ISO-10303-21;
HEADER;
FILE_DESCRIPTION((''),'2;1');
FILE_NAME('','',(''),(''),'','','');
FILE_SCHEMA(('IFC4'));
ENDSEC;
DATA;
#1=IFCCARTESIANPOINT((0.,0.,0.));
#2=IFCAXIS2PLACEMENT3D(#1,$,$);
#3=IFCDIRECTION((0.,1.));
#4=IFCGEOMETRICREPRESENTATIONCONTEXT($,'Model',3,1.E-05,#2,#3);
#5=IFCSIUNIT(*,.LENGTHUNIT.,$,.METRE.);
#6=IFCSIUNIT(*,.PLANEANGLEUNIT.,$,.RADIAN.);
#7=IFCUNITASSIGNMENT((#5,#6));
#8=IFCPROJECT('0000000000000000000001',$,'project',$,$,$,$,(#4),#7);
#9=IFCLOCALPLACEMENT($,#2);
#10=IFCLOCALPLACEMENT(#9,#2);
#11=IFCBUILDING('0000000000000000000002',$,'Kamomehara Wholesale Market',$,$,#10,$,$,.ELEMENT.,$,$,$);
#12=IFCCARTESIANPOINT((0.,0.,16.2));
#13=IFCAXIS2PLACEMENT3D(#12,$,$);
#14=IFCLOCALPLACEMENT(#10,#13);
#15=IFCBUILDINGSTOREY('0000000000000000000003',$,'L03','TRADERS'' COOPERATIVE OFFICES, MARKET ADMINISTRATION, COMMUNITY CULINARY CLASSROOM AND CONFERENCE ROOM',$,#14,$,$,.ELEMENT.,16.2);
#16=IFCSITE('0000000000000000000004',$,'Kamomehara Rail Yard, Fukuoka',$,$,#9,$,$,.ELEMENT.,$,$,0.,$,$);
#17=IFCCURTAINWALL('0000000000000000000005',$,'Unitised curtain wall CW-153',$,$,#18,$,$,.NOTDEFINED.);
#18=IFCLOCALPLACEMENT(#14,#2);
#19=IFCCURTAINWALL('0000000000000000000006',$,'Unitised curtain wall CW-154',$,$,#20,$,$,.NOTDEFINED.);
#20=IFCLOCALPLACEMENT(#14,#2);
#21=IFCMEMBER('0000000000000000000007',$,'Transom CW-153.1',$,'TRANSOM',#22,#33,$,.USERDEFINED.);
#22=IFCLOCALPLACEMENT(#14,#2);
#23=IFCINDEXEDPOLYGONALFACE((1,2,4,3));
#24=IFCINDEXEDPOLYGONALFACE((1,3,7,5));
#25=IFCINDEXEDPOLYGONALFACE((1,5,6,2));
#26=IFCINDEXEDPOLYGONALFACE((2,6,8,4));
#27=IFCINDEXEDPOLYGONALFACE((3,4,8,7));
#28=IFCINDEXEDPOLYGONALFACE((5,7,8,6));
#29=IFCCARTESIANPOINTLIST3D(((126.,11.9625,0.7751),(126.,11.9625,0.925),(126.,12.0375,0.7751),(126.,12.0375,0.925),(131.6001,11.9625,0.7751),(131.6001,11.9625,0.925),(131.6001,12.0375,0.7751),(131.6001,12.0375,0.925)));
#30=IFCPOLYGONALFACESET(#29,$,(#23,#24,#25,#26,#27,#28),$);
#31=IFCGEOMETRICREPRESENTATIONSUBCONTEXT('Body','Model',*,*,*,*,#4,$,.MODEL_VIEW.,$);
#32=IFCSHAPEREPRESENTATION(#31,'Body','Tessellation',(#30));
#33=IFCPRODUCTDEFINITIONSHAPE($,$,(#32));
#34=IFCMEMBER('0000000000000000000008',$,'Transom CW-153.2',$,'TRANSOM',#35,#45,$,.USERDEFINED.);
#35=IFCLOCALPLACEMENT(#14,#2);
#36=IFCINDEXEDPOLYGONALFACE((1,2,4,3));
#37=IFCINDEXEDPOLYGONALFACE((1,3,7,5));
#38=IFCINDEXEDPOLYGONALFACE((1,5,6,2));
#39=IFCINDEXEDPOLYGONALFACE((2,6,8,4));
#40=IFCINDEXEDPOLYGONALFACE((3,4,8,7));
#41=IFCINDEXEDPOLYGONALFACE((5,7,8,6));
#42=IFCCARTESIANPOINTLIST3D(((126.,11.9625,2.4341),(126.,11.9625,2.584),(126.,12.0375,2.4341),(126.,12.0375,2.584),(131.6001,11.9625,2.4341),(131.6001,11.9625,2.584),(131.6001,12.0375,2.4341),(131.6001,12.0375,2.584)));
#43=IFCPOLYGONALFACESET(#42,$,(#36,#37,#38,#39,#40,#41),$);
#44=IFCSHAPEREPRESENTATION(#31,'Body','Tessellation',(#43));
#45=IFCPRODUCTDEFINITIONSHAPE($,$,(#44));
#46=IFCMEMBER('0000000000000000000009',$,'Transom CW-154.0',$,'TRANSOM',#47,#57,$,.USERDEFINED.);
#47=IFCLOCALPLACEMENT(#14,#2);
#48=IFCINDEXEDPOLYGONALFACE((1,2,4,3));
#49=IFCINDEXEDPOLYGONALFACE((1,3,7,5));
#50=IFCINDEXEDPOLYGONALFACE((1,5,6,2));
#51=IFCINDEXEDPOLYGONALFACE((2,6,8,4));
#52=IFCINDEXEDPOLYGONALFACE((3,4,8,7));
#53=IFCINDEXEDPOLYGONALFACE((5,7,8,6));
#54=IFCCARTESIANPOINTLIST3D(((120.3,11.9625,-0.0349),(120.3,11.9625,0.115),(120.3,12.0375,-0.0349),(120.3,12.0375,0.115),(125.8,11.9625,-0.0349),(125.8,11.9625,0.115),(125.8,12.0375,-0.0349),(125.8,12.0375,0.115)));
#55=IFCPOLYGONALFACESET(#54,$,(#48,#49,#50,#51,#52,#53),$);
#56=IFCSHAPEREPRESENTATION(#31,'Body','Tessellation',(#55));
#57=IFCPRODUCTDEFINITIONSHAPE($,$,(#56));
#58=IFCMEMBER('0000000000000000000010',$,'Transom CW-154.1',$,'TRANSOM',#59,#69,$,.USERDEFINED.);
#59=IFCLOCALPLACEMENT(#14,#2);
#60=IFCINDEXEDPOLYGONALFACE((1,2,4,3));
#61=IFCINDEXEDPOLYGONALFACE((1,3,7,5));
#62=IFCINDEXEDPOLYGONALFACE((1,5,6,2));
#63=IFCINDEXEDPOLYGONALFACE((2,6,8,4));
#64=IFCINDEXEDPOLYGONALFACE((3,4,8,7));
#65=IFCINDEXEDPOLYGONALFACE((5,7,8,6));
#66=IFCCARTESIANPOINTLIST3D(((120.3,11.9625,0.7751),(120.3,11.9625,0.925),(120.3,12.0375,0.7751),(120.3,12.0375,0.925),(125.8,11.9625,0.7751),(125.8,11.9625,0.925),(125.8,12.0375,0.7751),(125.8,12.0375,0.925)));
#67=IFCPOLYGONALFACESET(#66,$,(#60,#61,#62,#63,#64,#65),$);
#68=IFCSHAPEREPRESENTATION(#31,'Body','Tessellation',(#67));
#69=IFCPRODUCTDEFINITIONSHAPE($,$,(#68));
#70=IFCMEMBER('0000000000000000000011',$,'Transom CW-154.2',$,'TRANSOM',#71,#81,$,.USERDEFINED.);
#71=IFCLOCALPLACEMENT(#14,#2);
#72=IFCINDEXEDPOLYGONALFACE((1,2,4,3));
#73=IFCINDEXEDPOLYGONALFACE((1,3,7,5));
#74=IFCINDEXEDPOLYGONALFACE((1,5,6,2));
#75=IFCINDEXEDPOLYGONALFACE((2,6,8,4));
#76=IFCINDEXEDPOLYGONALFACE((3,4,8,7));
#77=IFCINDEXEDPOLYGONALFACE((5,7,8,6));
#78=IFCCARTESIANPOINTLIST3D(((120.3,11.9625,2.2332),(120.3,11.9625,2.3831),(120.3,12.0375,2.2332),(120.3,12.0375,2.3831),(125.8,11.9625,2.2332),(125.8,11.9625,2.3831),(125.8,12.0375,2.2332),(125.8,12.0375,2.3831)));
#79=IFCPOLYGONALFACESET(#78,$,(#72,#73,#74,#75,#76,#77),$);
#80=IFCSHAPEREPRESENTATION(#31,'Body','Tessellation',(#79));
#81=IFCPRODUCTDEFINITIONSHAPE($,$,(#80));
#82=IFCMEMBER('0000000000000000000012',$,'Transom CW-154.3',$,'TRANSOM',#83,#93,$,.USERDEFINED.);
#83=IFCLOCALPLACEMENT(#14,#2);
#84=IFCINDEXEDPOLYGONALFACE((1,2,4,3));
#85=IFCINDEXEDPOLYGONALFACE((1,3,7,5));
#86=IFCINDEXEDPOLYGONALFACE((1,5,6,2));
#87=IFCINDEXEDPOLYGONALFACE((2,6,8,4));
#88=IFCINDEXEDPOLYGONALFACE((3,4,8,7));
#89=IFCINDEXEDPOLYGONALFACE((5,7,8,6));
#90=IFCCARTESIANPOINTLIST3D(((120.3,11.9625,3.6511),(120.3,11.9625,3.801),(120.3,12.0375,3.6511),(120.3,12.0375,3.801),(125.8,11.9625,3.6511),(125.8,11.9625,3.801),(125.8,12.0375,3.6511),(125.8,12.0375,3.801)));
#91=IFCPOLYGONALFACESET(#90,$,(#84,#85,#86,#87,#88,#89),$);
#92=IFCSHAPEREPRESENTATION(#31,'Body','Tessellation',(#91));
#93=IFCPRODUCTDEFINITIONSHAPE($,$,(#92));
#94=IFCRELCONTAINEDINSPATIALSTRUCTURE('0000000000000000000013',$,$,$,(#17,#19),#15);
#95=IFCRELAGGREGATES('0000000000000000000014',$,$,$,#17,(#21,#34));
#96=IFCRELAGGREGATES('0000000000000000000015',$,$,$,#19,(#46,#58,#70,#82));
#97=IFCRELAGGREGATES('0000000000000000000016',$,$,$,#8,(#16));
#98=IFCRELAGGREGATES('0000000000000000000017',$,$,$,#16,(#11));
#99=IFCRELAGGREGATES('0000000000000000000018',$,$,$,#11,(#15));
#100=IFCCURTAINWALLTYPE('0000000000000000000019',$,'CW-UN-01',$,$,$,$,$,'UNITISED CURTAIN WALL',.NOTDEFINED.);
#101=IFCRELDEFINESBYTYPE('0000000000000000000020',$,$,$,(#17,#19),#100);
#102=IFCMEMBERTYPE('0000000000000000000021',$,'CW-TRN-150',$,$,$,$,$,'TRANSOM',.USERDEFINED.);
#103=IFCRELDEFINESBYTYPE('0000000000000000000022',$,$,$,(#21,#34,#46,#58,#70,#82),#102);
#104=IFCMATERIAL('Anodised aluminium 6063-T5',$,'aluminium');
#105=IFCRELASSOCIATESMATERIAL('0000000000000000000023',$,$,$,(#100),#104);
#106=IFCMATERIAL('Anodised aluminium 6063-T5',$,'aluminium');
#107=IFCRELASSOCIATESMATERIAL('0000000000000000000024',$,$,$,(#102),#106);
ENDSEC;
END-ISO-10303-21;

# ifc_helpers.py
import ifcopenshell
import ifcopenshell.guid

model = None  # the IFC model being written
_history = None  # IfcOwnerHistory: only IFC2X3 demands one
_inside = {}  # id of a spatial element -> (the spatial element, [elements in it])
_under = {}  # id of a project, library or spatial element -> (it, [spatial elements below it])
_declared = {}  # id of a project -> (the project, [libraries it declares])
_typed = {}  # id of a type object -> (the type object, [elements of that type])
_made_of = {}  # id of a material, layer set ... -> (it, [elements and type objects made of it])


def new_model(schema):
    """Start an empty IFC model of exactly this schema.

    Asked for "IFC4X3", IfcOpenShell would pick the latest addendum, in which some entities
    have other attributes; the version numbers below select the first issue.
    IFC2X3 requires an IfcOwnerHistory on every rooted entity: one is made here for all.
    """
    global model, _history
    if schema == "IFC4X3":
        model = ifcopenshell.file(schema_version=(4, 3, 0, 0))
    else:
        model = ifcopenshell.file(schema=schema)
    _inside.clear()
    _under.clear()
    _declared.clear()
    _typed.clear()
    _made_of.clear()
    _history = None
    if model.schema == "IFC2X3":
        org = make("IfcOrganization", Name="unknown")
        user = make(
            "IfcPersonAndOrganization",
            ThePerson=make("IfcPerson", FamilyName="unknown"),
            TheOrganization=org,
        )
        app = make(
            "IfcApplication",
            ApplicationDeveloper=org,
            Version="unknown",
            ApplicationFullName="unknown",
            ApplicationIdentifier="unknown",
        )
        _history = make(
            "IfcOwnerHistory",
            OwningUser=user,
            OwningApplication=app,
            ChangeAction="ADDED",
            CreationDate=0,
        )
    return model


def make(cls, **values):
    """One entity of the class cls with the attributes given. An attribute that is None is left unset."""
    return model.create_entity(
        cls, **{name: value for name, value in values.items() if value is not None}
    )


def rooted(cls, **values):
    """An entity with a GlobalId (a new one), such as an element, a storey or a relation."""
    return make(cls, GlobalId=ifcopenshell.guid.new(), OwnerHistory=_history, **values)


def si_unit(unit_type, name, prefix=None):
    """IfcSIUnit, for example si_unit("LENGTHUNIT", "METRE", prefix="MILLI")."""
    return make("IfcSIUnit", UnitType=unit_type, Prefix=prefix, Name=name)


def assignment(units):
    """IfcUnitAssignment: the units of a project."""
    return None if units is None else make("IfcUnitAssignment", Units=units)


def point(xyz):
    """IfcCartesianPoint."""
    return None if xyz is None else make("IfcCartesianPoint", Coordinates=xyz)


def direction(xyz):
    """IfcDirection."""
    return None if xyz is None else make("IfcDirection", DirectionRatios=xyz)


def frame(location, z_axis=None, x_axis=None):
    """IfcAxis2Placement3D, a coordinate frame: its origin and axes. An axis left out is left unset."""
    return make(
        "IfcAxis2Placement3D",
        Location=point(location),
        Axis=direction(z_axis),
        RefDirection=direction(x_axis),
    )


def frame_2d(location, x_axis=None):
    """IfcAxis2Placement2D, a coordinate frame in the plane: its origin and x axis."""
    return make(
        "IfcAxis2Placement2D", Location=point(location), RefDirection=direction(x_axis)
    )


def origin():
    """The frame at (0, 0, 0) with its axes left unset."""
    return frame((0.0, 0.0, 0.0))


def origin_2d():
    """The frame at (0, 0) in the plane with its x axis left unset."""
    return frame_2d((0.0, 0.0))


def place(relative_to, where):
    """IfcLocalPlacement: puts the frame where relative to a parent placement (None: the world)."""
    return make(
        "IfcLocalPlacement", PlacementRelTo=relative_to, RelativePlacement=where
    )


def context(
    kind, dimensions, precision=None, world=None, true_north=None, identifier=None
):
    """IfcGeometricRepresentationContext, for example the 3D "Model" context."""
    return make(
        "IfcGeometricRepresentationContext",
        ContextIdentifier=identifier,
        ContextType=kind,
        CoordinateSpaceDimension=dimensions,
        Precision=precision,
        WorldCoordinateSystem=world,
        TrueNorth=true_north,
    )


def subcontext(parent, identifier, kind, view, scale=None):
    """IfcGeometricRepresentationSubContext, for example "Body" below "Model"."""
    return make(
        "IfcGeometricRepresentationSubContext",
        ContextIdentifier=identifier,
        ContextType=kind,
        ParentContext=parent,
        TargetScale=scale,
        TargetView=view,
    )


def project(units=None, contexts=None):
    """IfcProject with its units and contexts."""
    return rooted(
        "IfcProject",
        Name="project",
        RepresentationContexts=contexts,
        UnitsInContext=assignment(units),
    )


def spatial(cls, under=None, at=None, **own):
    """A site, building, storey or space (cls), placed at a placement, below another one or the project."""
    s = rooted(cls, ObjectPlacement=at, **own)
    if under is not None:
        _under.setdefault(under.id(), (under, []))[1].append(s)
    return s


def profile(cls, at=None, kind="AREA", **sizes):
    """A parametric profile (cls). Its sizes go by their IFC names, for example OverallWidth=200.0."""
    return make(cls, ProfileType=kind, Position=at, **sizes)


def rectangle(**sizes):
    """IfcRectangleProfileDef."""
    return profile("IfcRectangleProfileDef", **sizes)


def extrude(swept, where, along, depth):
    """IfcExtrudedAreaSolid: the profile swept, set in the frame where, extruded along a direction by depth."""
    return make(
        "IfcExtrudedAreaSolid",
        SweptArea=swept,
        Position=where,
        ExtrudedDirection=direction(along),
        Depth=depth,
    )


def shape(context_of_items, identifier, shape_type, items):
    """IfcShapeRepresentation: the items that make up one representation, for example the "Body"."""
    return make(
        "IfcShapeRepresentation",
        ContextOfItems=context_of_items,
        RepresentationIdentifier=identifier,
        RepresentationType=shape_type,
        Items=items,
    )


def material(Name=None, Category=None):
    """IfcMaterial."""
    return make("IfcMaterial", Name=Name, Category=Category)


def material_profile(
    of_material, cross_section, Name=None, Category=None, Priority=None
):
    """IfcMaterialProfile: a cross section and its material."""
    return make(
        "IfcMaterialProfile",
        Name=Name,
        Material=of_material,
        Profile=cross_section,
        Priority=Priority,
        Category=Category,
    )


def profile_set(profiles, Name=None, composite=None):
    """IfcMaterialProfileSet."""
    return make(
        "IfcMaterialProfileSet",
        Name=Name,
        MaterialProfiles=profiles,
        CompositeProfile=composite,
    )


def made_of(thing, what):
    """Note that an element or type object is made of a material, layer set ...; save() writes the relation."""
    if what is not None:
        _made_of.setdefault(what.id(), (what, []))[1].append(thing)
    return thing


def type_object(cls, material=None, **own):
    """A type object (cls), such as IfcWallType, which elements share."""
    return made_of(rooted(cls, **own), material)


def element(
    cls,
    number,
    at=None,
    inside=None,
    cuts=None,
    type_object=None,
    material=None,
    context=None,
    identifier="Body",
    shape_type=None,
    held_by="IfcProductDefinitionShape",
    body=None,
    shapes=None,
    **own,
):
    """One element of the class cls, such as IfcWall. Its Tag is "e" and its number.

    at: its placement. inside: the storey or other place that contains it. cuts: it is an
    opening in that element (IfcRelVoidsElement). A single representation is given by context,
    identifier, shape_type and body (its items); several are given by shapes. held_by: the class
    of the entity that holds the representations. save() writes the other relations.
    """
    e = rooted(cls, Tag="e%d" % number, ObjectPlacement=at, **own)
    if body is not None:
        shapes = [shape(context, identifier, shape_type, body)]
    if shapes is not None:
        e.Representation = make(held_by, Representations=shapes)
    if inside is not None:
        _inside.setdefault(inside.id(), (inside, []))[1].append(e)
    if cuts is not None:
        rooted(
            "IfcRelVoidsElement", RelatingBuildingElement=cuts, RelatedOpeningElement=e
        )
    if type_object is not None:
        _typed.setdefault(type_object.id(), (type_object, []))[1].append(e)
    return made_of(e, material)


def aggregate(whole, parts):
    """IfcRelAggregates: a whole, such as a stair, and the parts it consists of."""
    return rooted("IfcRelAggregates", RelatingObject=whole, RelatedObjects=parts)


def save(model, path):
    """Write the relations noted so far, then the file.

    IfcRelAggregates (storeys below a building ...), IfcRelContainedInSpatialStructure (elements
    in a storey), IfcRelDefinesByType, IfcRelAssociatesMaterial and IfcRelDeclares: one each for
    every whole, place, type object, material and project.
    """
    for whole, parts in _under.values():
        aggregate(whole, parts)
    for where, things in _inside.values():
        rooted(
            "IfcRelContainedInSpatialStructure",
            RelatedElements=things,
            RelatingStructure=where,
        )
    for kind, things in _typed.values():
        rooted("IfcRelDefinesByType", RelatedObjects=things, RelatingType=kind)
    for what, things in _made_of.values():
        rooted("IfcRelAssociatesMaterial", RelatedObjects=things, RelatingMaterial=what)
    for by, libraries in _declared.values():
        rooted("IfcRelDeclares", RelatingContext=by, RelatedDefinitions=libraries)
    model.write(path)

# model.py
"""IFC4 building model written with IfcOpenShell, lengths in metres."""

from ifc_helpers import new_model, si_unit, direction, frame, origin, origin_2d, place, context, subcontext, project, spatial, rectangle, extrude, material, material_profile, profile_set, type_object, element, aggregate, save


model = new_model("IFC4")

# Units and contexts
model_context = context("Model", 3, precision=1e-05, world=origin(), true_north=direction((0.0, 1.0)))
body_context = subcontext(model_context, "Body", "Model", "MODEL_VIEW")
ifc_project = project(units=[si_unit("LENGTHUNIT", "METRE"), si_unit("PLANEANGLEUNIT", "RADIAN")], contexts=[model_context])

# Site, building, storey
site_placement = place(None, origin())
site = spatial("IfcSite", under=ifc_project, at=site_placement, Name="Kamomehara Rail Yard, Fukuoka", CompositionType="ELEMENT", RefElevation=0.0)
building_placement = place(site_placement, origin())
building = spatial("IfcBuilding", under=site, at=building_placement, Name="Kamomehara Wholesale Market", CompositionType="ELEMENT")
storey_placement = place(building_placement, frame((0.0, 0.0, 16.2)))
storey = spatial("IfcBuildingStorey", under=building, at=storey_placement, Name="L03", Description="TRADERS' COOPERATIVE OFFICES, MARKET ADMINISTRATION, COMMUNITY CULINARY CLASSROOM AND CONFERENCE ROOM", CompositionType="ELEMENT", Elevation=16.2)

# Curtain walls
ifc_material_1 = material(Name="Anodised aluminium 6063-T5", Category="aluminium")
curtain_wall_type = type_object("IfcCurtainWallType", Name="CW-UN-01", ElementType="UNITISED CURTAIN WALL", PredefinedType="NOTDEFINED", material=ifc_material_1)
curtain_wall_1_placement = place(storey_placement, origin())
curtain_wall_1 = element("IfcCurtainWall", 1, at=curtain_wall_1_placement, inside=storey, type_object=curtain_wall_type, Name="Unitised curtain wall CW-153", PredefinedType="NOTDEFINED")
curtain_wall_2_placement = place(storey_placement, origin())
curtain_wall_2 = element("IfcCurtainWall", 2, at=curtain_wall_2_placement, inside=storey, type_object=curtain_wall_type, Name="Unitised curtain wall CW-154", PredefinedType="NOTDEFINED")

# Members
ifc_material_2 = material(Name="Anodised aluminium 6063-T5", Category="aluminium")
ifc_material_profile_1 = material_profile(ifc_material_2, rectangle(XDim=0.075, YDim=0.1499, at=origin_2d()), Name="ALU-TRN-75x150")
ifc_profile_set_1 = profile_set([ifc_material_profile_1], Name="Anodised aluminium 6063-T5")
member_type_1 = type_object("IfcMemberType", Name="CW-TRN-150", ElementType="TRANSOM", PredefinedType="USERDEFINED", material=ifc_profile_set_1)
member_1_placement = place(storey_placement, frame((131.6001, 12.0, 0.8501), z_axis=(-1.0, 0.0, 0.0), x_axis=(0.0, -1.0, 0.0)))
member_1 = element("IfcMember", 3, at=member_1_placement, type_object=member_type_1, Name="Transom CW-153.1", ObjectType="TRANSOM", PredefinedType="USERDEFINED", context=body_context, shape_type="SweptSolid", body=[
    extrude(rectangle(XDim=0.075, YDim=0.1499, at=origin_2d()), origin(), (0.0, 0.0, 1.0), 5.6001),
])
member_2_placement = place(storey_placement, frame((131.6001, 12.0, 2.509), z_axis=(-1.0, 0.0, 0.0), x_axis=(0.0, -1.0, 0.0)))
member_2 = element("IfcMember", 4, at=member_2_placement, type_object=member_type_1, Name="Transom CW-153.2", ObjectType="TRANSOM", PredefinedType="USERDEFINED", context=body_context, shape_type="SweptSolid", body=[
    extrude(rectangle(XDim=0.075, YDim=0.1499, at=origin_2d()), origin(), (0.0, 0.0, 1.0), 5.6001),
])
aggregate(curtain_wall_1, [member_1, member_2])
member_3_placement = place(storey_placement, frame((125.8, 12.0, 0.04), z_axis=(-1.0, 0.0, 0.0), x_axis=(0.0, -1.0, 0.0)))
member_3 = element("IfcMember", 5, at=member_3_placement, type_object=member_type_1, Name="Transom CW-154.0", ObjectType="TRANSOM", PredefinedType="USERDEFINED", context=body_context, shape_type="SweptSolid", body=[
    extrude(rectangle(XDim=0.075, YDim=0.1499, at=origin_2d()), origin(), (0.0, 0.0, 1.0), 5.5),
])
member_4_placement = place(storey_placement, frame((125.8, 12.0, 0.8501), z_axis=(-1.0, 0.0, 0.0), x_axis=(0.0, -1.0, 0.0)))
member_4 = element("IfcMember", 6, at=member_4_placement, type_object=member_type_1, Name="Transom CW-154.1", ObjectType="TRANSOM", PredefinedType="USERDEFINED", context=body_context, shape_type="SweptSolid", body=[
    extrude(rectangle(XDim=0.075, YDim=0.1499, at=origin_2d()), origin(), (0.0, 0.0, 1.0), 5.5),
])
member_5_placement = place(storey_placement, frame((125.8, 12.0, 2.3081), z_axis=(-1.0, 0.0, 0.0), x_axis=(0.0, -1.0, 0.0)))
member_5 = element("IfcMember", 7, at=member_5_placement, type_object=member_type_1, Name="Transom CW-154.2", ObjectType="TRANSOM", PredefinedType="USERDEFINED", context=body_context, shape_type="SweptSolid", body=[
    extrude(rectangle(XDim=0.075, YDim=0.1499, at=origin_2d()), origin(), (0.0, 0.0, 1.0), 5.5),
])
member_6_placement = place(storey_placement, frame((125.8, 12.0, 3.7261), z_axis=(-1.0, 0.0, 0.0), x_axis=(0.0, -1.0, 0.0)))
member_6 = element("IfcMember", 8, at=member_6_placement, type_object=member_type_1, Name="Transom CW-154.3", ObjectType="TRANSOM", PredefinedType="USERDEFINED", context=body_context, shape_type="SweptSolid", body=[
    extrude(rectangle(XDim=0.075, YDim=0.1499, at=origin_2d()), origin(), (0.0, 0.0, 1.0), 5.5),
])
aggregate(curtain_wall_2, [member_3, member_4, member_5, member_6])

save(model, "model.ifc")
